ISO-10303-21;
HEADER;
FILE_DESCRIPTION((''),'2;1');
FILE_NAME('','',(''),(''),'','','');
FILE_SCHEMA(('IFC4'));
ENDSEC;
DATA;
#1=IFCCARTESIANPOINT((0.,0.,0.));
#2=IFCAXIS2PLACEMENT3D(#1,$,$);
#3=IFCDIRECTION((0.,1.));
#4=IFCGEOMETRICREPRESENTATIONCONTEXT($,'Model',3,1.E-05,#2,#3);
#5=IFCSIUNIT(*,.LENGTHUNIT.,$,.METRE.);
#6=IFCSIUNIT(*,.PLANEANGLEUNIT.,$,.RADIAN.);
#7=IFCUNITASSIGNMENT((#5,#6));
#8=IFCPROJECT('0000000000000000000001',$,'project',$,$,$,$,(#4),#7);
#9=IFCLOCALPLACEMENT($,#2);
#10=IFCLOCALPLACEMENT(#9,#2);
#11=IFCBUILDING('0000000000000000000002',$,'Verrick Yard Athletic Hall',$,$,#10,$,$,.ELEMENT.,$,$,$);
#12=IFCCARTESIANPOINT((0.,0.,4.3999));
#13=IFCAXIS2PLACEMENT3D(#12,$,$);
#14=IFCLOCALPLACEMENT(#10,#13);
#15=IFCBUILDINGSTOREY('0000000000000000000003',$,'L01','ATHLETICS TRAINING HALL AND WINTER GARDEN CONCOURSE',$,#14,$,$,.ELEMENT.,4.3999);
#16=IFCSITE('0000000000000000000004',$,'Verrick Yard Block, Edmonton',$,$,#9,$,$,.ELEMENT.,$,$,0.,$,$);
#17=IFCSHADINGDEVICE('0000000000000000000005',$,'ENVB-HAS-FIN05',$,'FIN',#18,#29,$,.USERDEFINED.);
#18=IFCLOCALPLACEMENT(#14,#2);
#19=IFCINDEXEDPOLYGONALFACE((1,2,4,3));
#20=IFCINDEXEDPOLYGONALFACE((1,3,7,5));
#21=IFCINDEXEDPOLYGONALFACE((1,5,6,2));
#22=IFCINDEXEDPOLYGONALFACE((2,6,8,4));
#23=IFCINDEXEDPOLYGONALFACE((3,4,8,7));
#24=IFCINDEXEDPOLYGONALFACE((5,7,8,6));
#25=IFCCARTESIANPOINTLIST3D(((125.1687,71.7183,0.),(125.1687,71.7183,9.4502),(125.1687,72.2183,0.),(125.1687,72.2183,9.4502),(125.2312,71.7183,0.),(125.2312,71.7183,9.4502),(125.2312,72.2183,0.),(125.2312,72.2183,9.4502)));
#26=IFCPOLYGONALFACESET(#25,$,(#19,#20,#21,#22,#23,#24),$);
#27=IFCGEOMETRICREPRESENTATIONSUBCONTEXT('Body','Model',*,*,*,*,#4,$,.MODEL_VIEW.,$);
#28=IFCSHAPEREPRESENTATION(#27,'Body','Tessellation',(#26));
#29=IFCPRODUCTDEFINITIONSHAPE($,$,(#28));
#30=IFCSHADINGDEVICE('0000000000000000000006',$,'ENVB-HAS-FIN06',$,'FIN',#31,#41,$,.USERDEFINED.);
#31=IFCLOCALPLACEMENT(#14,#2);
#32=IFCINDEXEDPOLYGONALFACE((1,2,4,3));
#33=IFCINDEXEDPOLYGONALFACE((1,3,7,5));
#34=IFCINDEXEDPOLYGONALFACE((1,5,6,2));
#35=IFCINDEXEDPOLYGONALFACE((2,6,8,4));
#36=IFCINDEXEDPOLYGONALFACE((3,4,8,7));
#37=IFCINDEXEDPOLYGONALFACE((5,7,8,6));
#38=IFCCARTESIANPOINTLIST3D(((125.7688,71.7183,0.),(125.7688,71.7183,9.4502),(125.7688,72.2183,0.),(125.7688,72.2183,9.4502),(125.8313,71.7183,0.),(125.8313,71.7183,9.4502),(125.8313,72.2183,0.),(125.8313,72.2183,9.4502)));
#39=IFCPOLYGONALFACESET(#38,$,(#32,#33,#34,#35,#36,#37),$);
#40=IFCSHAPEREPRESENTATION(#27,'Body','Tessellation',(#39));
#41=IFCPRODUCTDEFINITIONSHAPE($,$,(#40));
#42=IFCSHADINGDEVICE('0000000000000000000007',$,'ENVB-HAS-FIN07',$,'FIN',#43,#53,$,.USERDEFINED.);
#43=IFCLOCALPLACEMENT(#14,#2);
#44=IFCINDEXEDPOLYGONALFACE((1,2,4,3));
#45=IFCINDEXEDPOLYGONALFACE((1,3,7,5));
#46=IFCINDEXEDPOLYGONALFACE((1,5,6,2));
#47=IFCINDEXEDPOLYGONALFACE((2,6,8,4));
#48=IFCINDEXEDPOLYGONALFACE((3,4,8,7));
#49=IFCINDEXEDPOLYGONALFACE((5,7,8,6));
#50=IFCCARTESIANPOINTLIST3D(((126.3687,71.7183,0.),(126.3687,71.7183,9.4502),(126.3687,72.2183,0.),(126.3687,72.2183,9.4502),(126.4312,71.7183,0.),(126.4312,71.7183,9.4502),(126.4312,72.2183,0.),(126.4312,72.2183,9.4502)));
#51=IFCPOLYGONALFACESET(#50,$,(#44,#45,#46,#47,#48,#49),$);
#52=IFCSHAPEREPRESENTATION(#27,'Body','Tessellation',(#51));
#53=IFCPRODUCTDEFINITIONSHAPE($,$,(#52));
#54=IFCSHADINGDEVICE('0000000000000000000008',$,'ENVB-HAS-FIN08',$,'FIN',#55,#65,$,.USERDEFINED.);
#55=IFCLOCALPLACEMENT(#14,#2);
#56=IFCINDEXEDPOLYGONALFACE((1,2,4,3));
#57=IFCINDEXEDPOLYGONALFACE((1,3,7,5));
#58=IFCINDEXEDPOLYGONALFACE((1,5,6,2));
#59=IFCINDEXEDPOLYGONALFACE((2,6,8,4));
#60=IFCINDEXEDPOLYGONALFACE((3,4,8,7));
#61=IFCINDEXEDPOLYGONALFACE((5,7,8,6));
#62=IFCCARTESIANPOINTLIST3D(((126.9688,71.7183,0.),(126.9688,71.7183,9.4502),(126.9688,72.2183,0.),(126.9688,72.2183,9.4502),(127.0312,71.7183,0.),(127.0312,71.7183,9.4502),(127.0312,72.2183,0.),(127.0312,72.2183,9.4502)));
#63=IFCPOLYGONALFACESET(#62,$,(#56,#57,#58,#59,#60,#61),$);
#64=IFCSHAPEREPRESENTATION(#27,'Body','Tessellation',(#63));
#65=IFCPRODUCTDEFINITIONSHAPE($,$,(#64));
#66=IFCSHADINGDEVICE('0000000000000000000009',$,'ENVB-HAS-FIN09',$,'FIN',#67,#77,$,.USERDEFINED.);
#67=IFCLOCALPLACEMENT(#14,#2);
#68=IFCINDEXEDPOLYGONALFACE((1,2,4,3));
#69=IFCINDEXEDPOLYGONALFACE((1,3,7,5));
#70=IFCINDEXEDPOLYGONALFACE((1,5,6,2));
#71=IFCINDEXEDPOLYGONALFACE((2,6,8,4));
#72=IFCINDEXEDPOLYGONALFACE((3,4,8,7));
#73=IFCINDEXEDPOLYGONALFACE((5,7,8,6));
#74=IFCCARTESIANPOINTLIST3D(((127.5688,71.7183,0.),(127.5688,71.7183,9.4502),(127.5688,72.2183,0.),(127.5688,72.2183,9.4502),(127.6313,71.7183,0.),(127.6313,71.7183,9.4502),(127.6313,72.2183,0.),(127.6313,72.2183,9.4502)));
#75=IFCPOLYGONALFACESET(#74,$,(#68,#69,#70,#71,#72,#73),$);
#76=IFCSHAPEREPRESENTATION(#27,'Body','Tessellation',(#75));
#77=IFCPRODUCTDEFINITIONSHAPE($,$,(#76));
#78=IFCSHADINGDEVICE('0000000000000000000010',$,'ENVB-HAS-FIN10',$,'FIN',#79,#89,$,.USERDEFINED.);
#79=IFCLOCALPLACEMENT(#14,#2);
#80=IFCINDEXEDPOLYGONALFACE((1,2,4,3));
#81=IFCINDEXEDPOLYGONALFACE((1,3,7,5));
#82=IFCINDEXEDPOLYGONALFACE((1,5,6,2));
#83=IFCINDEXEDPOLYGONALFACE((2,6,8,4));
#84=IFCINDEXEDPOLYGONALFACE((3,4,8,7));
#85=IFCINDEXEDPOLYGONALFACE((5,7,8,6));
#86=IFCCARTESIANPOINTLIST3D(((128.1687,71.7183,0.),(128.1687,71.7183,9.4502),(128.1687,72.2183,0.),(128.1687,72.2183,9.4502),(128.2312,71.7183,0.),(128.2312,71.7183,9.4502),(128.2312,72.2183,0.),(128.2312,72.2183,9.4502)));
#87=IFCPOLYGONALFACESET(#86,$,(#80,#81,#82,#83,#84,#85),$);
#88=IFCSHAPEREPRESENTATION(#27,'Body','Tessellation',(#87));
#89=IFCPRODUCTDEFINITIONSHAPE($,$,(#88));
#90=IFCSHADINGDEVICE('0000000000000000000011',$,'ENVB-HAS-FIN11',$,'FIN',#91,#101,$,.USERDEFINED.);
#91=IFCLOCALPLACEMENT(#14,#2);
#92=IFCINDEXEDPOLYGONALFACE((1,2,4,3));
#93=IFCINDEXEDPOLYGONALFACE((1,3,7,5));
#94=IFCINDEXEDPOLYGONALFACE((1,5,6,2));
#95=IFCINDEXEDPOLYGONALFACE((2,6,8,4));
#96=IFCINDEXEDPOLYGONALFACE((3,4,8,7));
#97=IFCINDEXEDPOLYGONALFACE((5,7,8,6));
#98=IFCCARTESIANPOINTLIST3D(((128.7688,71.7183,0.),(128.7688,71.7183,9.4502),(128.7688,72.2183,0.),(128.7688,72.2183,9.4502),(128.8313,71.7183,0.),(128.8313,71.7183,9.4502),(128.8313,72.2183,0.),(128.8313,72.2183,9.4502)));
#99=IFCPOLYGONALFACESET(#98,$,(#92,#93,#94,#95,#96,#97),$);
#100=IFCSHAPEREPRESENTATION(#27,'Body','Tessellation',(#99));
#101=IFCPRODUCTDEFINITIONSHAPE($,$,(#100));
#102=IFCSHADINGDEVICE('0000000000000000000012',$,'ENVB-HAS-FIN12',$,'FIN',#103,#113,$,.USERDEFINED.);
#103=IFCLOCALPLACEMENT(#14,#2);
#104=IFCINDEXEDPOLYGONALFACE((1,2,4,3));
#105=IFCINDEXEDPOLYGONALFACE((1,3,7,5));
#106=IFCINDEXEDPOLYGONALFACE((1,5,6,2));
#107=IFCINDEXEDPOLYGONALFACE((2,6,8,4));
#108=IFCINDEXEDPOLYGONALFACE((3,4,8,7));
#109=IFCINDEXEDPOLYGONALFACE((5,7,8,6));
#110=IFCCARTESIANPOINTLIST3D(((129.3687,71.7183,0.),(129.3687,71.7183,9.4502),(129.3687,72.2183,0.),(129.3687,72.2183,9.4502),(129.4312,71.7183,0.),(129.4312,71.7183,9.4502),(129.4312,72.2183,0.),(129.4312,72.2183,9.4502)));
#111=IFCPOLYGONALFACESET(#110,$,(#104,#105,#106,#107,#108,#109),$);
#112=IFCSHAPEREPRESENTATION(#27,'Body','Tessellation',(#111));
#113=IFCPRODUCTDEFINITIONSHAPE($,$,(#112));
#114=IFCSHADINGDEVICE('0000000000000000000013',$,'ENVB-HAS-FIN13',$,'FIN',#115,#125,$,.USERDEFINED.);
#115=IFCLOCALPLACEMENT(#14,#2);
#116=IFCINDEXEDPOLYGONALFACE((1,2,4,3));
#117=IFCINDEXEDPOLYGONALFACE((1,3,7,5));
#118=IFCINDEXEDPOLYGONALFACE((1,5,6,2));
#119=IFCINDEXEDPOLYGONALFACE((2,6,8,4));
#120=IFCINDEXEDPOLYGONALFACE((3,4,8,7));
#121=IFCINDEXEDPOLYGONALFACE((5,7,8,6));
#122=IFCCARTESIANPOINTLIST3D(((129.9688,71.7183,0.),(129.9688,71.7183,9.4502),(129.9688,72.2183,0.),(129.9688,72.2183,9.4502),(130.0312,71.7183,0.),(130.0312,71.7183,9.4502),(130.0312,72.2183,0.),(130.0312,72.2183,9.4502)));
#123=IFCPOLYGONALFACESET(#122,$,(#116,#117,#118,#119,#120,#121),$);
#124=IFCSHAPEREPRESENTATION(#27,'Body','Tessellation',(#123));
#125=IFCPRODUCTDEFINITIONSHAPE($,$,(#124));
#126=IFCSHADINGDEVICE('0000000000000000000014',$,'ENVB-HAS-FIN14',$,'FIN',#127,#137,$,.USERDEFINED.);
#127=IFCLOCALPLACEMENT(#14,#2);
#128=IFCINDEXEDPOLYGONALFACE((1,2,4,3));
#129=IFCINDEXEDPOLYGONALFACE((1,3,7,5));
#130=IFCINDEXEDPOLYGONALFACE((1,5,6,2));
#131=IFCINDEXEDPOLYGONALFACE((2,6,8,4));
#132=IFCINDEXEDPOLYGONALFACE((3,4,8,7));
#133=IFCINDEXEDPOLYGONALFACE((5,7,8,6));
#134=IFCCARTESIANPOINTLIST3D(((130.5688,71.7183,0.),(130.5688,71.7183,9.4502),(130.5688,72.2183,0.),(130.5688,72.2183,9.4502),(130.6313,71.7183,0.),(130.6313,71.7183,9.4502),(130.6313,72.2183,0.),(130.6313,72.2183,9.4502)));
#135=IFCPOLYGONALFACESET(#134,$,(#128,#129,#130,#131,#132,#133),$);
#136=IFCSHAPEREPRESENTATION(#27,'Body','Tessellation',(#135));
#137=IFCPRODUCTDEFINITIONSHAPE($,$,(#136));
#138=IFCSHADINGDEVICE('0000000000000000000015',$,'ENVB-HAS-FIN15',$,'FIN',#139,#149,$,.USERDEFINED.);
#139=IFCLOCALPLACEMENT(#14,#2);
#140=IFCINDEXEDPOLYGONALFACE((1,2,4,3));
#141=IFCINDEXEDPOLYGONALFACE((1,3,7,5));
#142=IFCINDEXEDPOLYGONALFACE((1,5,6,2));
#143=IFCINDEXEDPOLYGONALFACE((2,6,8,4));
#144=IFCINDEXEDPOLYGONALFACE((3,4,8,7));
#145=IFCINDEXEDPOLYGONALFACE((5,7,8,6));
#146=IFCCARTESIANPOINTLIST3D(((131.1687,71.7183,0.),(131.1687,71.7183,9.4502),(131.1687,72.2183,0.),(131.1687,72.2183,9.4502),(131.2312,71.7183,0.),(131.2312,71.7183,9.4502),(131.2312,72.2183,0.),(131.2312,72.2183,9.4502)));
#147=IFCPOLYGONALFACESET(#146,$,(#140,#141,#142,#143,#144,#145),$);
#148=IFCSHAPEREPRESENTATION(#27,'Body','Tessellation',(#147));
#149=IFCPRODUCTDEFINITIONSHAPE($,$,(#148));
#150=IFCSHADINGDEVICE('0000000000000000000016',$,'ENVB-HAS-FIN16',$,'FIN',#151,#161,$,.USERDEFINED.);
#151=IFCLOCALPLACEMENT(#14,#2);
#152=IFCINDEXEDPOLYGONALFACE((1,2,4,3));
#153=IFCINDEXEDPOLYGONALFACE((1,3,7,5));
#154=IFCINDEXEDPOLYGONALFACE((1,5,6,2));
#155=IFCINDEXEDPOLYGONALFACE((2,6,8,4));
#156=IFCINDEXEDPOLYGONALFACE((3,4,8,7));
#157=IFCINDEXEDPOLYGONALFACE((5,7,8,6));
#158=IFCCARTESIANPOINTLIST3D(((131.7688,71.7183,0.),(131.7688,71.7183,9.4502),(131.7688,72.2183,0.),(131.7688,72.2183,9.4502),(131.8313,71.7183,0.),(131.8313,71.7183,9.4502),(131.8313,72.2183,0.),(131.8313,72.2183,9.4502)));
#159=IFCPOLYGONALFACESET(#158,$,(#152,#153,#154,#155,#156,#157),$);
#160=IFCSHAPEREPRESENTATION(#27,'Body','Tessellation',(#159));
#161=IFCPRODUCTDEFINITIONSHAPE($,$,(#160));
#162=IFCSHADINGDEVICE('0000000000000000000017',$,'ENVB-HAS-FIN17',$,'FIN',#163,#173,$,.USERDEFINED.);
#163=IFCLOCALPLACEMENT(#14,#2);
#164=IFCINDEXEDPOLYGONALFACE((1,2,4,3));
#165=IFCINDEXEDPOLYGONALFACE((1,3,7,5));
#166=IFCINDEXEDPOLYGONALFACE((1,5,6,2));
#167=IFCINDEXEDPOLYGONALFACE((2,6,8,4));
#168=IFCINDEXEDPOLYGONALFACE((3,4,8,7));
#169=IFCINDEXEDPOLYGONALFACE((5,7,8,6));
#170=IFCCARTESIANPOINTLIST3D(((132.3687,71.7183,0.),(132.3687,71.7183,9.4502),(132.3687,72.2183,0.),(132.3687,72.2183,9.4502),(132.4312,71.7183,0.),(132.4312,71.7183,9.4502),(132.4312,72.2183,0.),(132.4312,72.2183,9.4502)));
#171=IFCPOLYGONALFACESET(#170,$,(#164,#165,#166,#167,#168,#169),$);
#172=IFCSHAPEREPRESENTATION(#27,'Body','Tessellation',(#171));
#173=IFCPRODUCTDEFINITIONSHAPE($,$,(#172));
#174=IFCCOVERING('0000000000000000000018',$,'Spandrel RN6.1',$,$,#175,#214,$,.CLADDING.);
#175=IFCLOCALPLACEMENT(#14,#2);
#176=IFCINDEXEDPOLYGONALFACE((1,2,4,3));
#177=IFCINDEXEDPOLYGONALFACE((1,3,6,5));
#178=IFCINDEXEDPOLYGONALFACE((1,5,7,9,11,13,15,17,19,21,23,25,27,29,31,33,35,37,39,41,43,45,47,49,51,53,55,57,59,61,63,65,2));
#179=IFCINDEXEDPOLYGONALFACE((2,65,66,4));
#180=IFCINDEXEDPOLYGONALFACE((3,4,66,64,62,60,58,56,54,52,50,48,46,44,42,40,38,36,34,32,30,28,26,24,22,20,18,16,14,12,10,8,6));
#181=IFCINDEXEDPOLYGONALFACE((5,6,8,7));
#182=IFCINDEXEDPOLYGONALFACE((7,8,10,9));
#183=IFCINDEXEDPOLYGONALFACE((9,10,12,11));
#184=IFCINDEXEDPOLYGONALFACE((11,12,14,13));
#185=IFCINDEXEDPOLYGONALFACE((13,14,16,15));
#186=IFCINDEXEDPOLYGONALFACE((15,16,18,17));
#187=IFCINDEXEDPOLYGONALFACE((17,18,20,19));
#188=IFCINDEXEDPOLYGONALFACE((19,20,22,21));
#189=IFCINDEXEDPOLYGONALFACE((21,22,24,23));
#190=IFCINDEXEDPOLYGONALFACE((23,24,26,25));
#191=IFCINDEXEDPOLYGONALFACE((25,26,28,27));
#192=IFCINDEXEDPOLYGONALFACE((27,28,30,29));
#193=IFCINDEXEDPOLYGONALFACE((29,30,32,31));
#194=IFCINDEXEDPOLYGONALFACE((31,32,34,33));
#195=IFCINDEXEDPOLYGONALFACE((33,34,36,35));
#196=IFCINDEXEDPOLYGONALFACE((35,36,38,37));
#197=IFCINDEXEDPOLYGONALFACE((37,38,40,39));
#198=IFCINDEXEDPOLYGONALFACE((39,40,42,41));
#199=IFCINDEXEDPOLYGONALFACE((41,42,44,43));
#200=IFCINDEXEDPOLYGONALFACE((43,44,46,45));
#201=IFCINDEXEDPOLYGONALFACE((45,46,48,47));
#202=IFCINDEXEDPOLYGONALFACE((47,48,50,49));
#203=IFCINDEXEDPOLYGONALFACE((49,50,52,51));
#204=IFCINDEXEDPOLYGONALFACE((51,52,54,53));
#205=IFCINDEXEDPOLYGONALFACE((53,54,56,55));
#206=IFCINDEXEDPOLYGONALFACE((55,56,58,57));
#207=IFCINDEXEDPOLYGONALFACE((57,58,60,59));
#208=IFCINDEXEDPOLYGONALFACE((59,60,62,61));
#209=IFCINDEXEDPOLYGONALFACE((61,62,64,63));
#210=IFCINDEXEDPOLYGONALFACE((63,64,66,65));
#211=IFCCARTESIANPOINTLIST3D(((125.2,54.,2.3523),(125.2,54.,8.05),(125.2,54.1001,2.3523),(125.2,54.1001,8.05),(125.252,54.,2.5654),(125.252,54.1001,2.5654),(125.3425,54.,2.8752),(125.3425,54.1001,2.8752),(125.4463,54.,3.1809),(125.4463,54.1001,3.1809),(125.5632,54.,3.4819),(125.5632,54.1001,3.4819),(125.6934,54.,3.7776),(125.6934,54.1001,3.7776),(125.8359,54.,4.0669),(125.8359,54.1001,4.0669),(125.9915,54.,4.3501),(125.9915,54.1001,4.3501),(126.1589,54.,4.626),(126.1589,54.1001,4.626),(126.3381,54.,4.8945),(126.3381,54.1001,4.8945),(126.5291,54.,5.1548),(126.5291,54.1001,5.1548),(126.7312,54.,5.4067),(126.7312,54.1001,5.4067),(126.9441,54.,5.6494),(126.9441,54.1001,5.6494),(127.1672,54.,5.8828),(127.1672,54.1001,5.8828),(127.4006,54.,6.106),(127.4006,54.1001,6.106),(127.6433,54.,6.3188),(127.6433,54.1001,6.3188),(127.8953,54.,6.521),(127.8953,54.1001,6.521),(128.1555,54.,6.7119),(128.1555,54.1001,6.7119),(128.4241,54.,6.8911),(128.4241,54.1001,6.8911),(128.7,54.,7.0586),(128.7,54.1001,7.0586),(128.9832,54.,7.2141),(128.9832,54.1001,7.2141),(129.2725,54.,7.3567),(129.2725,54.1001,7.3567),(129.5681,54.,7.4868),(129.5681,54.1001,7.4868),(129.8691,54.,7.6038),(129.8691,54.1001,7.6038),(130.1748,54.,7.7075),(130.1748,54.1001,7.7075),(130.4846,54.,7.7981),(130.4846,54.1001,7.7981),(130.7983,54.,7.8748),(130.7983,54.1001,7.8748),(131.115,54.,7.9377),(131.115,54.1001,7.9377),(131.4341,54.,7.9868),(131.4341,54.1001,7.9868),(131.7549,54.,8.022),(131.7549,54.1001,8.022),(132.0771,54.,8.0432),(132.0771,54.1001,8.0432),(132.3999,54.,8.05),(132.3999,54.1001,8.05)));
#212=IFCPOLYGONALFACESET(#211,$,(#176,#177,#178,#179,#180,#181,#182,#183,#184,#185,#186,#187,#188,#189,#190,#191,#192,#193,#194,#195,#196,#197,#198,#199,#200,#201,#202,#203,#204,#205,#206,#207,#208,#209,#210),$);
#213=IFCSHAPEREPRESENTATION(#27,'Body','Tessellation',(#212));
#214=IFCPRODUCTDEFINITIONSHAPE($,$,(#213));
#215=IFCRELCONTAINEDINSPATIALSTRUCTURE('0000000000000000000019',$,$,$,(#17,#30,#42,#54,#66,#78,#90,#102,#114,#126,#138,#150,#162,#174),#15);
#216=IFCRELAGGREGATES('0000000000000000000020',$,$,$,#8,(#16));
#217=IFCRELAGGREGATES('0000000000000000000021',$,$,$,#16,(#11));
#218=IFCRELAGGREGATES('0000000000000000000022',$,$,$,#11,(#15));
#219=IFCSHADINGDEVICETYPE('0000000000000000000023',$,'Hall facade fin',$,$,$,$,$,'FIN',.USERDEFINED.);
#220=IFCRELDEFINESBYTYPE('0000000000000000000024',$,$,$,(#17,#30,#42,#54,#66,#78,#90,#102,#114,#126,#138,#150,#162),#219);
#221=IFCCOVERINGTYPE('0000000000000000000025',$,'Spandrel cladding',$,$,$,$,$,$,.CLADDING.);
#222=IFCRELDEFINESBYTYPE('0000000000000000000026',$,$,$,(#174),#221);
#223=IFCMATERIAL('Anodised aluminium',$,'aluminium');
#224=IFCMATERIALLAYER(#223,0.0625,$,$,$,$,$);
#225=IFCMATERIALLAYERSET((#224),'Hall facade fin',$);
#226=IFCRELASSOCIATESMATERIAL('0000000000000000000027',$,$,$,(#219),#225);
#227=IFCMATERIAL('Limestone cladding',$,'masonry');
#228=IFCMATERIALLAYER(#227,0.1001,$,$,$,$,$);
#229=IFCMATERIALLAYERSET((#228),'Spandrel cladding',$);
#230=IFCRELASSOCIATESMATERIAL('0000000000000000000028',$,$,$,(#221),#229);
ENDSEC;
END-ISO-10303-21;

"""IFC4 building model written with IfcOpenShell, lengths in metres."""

from ifc_helpers import new_model, si_unit, direction, frame, origin, place, context, subcontext, project, spatial, polyline, outline, extrude, material, layer, layer_set, type_object, element, save


model = new_model("IFC4")

# Units and contexts
model_context = context("Model", 3, precision=1e-05, world=origin(), true_north=direction((0.0, 1.0)))
body_context = subcontext(model_context, "Body", "Model", "MODEL_VIEW")
ifc_project = project(units=[si_unit("LENGTHUNIT", "METRE"), si_unit("PLANEANGLEUNIT", "RADIAN")], contexts=[model_context])

# Site, building, storey
site_placement = place(None, origin())
site = spatial("IfcSite", under=ifc_project, at=site_placement, Name="Verrick Yard Block, Edmonton", CompositionType="ELEMENT", RefElevation=0.0)
building_placement = place(site_placement, origin())
building = spatial("IfcBuilding", under=site, at=building_placement, Name="Verrick Yard Athletic Hall", CompositionType="ELEMENT")
storey_placement = place(building_placement, frame((0.0, 0.0, 4.3999)))
storey = spatial("IfcBuildingStorey", under=building, at=storey_placement, Name="L01", Description="ATHLETICS TRAINING HALL AND WINTER GARDEN CONCOURSE", CompositionType="ELEMENT", Elevation=4.3999)

# Shading devices
ifc_material_1 = material(Name="Anodised aluminium", Category="aluminium")
ifc_layer_1 = layer(ifc_material_1, 0.0625)
ifc_layer_set_1 = layer_set([ifc_layer_1], Name="Hall facade fin")
shading_device_type_1 = type_object("IfcShadingDeviceType", Name="Hall facade fin", ElementType="FIN", PredefinedType="USERDEFINED", material=ifc_layer_set_1)
for number, where, z_axis, x_axis, name in (
    (1, (125.2, 71.7183, 0.0), (0.0, 0.0, 1.0), (0.0, 1.0, 0.0), "ENVB-HAS-FIN05"),
    (2, (125.8, 71.7183, 0.0), (0.0, 0.0, 1.0), (0.0, 1.0, 0.0), "ENVB-HAS-FIN06"),
    (3, (126.3999, 71.7183, 0.0), (0.0, 0.0, 1.0), (0.0, 1.0, 0.0), "ENVB-HAS-FIN07"),
    (4, (127.0, 71.7183, 0.0), (0.0, 0.0, 1.0), (0.0, 1.0, 0.0), "ENVB-HAS-FIN08"),
    (5, (127.6001, 71.7183, 0.0), (0.0, 0.0, 1.0), (0.0, 1.0, 0.0), "ENVB-HAS-FIN09"),
    (6, (128.2, 71.7183, 0.0), (0.0, 0.0, 1.0), (0.0, 1.0, 0.0), "ENVB-HAS-FIN10"),
    (7, (128.8, 71.7183, 0.0), (0.0, 0.0, 1.0), (0.0, 1.0, 0.0), "ENVB-HAS-FIN11"),
    (8, (129.3999, 71.7183, 0.0), (0.0, 0.0, 1.0), (0.0, 1.0, 0.0), "ENVB-HAS-FIN12"),
    (9, (130.0, 71.7183, 0.0), (0.0, 0.0, 1.0), (0.0, 1.0, 0.0), "ENVB-HAS-FIN13"),
    (10, (130.6001, 71.7183, 0.0), (0.0, 0.0, 1.0), (0.0, 1.0, 0.0), "ENVB-HAS-FIN14"),
    (11, (131.2, 71.7183, 0.0), (0.0, 0.0, 1.0), (0.0, 1.0, 0.0), "ENVB-HAS-FIN15"),
    (12, (131.8, 71.7183, 0.0), (0.0, 0.0, 1.0), (0.0, 1.0, 0.0), "ENVB-HAS-FIN16"),
    (13, (132.3999, 71.7183, 0.0), (0.0, 0.0, 1.0), (0.0, 1.0, 0.0), "ENVB-HAS-FIN17"),
):
    element("IfcShadingDevice", number, at=place(storey_placement, frame(where, z_axis=z_axis, x_axis=x_axis)), inside=storey, type_object=shading_device_type_1, Name=name, ObjectType="FIN", PredefinedType="USERDEFINED", context=body_context, shape_type="SweptSolid", body=[
        extrude(outline(polyline([(0.0, 0.0), (0.5, 0.0), (0.5, 9.4502), (0.0, 9.4502), (0.0, 0.0)])), frame((0.0, 0.0312, 0.0), z_axis=(0.0, -1.0, 0.0), x_axis=(1.0, 0.0, 0.0)), (0.0, 0.0, 1.0), 0.0625),
    ])

# Covering
ifc_material_2 = material(Name="Limestone cladding", Category="masonry")
ifc_layer_2 = layer(ifc_material_2, 0.1001)
ifc_layer_set_2 = layer_set([ifc_layer_2], Name="Spandrel cladding")
covering_type = type_object("IfcCoveringType", Name="Spandrel cladding", PredefinedType="CLADDING", material=ifc_layer_set_2)
covering_1_placement = place(storey_placement, frame((125.2, 54.05, 2.3523), z_axis=(0.0, 0.0, 1.0), x_axis=(1.0, 0.0, 0.0)))
element("IfcCovering", 14, at=covering_1_placement, inside=storey, type_object=covering_type, Name="Spandrel RN6.1", PredefinedType="CLADDING", context=body_context, shape_type="SweptSolid", body=[
    extrude(outline(polyline([(0.0, 0.0), (0.052, 0.2131), (0.1426, 0.5229), (0.2463, 0.8286), (0.3633, 1.1296), (0.4934, 1.4253), (0.636, 1.7146), (0.7915, 1.9978), (0.959, 2.2737), (1.1382, 2.5422), (1.3291, 2.8025), (1.5312, 3.0544), (1.7441, 3.2971), (1.9673, 3.5305), (2.2007, 3.7537), (2.4434, 3.9666), (2.6953, 4.1687), (2.9556, 4.3596), (3.2241, 4.5388), (3.5, 4.7063), (3.7832, 4.8618), (4.0725, 5.0044), (4.3682, 5.1345), (4.6692, 5.2515), (4.9749, 5.3552), (5.2847, 5.4458), (5.5984, 5.5225), (5.915, 5.5854), (6.2341, 5.6345), (6.5549, 5.6697), (6.8772, 5.6909), (7.2, 5.6978), (0.0, 5.6978), (0.0, 0.0)])), frame((0.0, 0.05, 0.0), z_axis=(0.0, -1.0, 0.0), x_axis=(1.0, 0.0, 0.0)), (0.0, 0.0, 1.0), 0.1001),
])

save(model, "model.ifc")
